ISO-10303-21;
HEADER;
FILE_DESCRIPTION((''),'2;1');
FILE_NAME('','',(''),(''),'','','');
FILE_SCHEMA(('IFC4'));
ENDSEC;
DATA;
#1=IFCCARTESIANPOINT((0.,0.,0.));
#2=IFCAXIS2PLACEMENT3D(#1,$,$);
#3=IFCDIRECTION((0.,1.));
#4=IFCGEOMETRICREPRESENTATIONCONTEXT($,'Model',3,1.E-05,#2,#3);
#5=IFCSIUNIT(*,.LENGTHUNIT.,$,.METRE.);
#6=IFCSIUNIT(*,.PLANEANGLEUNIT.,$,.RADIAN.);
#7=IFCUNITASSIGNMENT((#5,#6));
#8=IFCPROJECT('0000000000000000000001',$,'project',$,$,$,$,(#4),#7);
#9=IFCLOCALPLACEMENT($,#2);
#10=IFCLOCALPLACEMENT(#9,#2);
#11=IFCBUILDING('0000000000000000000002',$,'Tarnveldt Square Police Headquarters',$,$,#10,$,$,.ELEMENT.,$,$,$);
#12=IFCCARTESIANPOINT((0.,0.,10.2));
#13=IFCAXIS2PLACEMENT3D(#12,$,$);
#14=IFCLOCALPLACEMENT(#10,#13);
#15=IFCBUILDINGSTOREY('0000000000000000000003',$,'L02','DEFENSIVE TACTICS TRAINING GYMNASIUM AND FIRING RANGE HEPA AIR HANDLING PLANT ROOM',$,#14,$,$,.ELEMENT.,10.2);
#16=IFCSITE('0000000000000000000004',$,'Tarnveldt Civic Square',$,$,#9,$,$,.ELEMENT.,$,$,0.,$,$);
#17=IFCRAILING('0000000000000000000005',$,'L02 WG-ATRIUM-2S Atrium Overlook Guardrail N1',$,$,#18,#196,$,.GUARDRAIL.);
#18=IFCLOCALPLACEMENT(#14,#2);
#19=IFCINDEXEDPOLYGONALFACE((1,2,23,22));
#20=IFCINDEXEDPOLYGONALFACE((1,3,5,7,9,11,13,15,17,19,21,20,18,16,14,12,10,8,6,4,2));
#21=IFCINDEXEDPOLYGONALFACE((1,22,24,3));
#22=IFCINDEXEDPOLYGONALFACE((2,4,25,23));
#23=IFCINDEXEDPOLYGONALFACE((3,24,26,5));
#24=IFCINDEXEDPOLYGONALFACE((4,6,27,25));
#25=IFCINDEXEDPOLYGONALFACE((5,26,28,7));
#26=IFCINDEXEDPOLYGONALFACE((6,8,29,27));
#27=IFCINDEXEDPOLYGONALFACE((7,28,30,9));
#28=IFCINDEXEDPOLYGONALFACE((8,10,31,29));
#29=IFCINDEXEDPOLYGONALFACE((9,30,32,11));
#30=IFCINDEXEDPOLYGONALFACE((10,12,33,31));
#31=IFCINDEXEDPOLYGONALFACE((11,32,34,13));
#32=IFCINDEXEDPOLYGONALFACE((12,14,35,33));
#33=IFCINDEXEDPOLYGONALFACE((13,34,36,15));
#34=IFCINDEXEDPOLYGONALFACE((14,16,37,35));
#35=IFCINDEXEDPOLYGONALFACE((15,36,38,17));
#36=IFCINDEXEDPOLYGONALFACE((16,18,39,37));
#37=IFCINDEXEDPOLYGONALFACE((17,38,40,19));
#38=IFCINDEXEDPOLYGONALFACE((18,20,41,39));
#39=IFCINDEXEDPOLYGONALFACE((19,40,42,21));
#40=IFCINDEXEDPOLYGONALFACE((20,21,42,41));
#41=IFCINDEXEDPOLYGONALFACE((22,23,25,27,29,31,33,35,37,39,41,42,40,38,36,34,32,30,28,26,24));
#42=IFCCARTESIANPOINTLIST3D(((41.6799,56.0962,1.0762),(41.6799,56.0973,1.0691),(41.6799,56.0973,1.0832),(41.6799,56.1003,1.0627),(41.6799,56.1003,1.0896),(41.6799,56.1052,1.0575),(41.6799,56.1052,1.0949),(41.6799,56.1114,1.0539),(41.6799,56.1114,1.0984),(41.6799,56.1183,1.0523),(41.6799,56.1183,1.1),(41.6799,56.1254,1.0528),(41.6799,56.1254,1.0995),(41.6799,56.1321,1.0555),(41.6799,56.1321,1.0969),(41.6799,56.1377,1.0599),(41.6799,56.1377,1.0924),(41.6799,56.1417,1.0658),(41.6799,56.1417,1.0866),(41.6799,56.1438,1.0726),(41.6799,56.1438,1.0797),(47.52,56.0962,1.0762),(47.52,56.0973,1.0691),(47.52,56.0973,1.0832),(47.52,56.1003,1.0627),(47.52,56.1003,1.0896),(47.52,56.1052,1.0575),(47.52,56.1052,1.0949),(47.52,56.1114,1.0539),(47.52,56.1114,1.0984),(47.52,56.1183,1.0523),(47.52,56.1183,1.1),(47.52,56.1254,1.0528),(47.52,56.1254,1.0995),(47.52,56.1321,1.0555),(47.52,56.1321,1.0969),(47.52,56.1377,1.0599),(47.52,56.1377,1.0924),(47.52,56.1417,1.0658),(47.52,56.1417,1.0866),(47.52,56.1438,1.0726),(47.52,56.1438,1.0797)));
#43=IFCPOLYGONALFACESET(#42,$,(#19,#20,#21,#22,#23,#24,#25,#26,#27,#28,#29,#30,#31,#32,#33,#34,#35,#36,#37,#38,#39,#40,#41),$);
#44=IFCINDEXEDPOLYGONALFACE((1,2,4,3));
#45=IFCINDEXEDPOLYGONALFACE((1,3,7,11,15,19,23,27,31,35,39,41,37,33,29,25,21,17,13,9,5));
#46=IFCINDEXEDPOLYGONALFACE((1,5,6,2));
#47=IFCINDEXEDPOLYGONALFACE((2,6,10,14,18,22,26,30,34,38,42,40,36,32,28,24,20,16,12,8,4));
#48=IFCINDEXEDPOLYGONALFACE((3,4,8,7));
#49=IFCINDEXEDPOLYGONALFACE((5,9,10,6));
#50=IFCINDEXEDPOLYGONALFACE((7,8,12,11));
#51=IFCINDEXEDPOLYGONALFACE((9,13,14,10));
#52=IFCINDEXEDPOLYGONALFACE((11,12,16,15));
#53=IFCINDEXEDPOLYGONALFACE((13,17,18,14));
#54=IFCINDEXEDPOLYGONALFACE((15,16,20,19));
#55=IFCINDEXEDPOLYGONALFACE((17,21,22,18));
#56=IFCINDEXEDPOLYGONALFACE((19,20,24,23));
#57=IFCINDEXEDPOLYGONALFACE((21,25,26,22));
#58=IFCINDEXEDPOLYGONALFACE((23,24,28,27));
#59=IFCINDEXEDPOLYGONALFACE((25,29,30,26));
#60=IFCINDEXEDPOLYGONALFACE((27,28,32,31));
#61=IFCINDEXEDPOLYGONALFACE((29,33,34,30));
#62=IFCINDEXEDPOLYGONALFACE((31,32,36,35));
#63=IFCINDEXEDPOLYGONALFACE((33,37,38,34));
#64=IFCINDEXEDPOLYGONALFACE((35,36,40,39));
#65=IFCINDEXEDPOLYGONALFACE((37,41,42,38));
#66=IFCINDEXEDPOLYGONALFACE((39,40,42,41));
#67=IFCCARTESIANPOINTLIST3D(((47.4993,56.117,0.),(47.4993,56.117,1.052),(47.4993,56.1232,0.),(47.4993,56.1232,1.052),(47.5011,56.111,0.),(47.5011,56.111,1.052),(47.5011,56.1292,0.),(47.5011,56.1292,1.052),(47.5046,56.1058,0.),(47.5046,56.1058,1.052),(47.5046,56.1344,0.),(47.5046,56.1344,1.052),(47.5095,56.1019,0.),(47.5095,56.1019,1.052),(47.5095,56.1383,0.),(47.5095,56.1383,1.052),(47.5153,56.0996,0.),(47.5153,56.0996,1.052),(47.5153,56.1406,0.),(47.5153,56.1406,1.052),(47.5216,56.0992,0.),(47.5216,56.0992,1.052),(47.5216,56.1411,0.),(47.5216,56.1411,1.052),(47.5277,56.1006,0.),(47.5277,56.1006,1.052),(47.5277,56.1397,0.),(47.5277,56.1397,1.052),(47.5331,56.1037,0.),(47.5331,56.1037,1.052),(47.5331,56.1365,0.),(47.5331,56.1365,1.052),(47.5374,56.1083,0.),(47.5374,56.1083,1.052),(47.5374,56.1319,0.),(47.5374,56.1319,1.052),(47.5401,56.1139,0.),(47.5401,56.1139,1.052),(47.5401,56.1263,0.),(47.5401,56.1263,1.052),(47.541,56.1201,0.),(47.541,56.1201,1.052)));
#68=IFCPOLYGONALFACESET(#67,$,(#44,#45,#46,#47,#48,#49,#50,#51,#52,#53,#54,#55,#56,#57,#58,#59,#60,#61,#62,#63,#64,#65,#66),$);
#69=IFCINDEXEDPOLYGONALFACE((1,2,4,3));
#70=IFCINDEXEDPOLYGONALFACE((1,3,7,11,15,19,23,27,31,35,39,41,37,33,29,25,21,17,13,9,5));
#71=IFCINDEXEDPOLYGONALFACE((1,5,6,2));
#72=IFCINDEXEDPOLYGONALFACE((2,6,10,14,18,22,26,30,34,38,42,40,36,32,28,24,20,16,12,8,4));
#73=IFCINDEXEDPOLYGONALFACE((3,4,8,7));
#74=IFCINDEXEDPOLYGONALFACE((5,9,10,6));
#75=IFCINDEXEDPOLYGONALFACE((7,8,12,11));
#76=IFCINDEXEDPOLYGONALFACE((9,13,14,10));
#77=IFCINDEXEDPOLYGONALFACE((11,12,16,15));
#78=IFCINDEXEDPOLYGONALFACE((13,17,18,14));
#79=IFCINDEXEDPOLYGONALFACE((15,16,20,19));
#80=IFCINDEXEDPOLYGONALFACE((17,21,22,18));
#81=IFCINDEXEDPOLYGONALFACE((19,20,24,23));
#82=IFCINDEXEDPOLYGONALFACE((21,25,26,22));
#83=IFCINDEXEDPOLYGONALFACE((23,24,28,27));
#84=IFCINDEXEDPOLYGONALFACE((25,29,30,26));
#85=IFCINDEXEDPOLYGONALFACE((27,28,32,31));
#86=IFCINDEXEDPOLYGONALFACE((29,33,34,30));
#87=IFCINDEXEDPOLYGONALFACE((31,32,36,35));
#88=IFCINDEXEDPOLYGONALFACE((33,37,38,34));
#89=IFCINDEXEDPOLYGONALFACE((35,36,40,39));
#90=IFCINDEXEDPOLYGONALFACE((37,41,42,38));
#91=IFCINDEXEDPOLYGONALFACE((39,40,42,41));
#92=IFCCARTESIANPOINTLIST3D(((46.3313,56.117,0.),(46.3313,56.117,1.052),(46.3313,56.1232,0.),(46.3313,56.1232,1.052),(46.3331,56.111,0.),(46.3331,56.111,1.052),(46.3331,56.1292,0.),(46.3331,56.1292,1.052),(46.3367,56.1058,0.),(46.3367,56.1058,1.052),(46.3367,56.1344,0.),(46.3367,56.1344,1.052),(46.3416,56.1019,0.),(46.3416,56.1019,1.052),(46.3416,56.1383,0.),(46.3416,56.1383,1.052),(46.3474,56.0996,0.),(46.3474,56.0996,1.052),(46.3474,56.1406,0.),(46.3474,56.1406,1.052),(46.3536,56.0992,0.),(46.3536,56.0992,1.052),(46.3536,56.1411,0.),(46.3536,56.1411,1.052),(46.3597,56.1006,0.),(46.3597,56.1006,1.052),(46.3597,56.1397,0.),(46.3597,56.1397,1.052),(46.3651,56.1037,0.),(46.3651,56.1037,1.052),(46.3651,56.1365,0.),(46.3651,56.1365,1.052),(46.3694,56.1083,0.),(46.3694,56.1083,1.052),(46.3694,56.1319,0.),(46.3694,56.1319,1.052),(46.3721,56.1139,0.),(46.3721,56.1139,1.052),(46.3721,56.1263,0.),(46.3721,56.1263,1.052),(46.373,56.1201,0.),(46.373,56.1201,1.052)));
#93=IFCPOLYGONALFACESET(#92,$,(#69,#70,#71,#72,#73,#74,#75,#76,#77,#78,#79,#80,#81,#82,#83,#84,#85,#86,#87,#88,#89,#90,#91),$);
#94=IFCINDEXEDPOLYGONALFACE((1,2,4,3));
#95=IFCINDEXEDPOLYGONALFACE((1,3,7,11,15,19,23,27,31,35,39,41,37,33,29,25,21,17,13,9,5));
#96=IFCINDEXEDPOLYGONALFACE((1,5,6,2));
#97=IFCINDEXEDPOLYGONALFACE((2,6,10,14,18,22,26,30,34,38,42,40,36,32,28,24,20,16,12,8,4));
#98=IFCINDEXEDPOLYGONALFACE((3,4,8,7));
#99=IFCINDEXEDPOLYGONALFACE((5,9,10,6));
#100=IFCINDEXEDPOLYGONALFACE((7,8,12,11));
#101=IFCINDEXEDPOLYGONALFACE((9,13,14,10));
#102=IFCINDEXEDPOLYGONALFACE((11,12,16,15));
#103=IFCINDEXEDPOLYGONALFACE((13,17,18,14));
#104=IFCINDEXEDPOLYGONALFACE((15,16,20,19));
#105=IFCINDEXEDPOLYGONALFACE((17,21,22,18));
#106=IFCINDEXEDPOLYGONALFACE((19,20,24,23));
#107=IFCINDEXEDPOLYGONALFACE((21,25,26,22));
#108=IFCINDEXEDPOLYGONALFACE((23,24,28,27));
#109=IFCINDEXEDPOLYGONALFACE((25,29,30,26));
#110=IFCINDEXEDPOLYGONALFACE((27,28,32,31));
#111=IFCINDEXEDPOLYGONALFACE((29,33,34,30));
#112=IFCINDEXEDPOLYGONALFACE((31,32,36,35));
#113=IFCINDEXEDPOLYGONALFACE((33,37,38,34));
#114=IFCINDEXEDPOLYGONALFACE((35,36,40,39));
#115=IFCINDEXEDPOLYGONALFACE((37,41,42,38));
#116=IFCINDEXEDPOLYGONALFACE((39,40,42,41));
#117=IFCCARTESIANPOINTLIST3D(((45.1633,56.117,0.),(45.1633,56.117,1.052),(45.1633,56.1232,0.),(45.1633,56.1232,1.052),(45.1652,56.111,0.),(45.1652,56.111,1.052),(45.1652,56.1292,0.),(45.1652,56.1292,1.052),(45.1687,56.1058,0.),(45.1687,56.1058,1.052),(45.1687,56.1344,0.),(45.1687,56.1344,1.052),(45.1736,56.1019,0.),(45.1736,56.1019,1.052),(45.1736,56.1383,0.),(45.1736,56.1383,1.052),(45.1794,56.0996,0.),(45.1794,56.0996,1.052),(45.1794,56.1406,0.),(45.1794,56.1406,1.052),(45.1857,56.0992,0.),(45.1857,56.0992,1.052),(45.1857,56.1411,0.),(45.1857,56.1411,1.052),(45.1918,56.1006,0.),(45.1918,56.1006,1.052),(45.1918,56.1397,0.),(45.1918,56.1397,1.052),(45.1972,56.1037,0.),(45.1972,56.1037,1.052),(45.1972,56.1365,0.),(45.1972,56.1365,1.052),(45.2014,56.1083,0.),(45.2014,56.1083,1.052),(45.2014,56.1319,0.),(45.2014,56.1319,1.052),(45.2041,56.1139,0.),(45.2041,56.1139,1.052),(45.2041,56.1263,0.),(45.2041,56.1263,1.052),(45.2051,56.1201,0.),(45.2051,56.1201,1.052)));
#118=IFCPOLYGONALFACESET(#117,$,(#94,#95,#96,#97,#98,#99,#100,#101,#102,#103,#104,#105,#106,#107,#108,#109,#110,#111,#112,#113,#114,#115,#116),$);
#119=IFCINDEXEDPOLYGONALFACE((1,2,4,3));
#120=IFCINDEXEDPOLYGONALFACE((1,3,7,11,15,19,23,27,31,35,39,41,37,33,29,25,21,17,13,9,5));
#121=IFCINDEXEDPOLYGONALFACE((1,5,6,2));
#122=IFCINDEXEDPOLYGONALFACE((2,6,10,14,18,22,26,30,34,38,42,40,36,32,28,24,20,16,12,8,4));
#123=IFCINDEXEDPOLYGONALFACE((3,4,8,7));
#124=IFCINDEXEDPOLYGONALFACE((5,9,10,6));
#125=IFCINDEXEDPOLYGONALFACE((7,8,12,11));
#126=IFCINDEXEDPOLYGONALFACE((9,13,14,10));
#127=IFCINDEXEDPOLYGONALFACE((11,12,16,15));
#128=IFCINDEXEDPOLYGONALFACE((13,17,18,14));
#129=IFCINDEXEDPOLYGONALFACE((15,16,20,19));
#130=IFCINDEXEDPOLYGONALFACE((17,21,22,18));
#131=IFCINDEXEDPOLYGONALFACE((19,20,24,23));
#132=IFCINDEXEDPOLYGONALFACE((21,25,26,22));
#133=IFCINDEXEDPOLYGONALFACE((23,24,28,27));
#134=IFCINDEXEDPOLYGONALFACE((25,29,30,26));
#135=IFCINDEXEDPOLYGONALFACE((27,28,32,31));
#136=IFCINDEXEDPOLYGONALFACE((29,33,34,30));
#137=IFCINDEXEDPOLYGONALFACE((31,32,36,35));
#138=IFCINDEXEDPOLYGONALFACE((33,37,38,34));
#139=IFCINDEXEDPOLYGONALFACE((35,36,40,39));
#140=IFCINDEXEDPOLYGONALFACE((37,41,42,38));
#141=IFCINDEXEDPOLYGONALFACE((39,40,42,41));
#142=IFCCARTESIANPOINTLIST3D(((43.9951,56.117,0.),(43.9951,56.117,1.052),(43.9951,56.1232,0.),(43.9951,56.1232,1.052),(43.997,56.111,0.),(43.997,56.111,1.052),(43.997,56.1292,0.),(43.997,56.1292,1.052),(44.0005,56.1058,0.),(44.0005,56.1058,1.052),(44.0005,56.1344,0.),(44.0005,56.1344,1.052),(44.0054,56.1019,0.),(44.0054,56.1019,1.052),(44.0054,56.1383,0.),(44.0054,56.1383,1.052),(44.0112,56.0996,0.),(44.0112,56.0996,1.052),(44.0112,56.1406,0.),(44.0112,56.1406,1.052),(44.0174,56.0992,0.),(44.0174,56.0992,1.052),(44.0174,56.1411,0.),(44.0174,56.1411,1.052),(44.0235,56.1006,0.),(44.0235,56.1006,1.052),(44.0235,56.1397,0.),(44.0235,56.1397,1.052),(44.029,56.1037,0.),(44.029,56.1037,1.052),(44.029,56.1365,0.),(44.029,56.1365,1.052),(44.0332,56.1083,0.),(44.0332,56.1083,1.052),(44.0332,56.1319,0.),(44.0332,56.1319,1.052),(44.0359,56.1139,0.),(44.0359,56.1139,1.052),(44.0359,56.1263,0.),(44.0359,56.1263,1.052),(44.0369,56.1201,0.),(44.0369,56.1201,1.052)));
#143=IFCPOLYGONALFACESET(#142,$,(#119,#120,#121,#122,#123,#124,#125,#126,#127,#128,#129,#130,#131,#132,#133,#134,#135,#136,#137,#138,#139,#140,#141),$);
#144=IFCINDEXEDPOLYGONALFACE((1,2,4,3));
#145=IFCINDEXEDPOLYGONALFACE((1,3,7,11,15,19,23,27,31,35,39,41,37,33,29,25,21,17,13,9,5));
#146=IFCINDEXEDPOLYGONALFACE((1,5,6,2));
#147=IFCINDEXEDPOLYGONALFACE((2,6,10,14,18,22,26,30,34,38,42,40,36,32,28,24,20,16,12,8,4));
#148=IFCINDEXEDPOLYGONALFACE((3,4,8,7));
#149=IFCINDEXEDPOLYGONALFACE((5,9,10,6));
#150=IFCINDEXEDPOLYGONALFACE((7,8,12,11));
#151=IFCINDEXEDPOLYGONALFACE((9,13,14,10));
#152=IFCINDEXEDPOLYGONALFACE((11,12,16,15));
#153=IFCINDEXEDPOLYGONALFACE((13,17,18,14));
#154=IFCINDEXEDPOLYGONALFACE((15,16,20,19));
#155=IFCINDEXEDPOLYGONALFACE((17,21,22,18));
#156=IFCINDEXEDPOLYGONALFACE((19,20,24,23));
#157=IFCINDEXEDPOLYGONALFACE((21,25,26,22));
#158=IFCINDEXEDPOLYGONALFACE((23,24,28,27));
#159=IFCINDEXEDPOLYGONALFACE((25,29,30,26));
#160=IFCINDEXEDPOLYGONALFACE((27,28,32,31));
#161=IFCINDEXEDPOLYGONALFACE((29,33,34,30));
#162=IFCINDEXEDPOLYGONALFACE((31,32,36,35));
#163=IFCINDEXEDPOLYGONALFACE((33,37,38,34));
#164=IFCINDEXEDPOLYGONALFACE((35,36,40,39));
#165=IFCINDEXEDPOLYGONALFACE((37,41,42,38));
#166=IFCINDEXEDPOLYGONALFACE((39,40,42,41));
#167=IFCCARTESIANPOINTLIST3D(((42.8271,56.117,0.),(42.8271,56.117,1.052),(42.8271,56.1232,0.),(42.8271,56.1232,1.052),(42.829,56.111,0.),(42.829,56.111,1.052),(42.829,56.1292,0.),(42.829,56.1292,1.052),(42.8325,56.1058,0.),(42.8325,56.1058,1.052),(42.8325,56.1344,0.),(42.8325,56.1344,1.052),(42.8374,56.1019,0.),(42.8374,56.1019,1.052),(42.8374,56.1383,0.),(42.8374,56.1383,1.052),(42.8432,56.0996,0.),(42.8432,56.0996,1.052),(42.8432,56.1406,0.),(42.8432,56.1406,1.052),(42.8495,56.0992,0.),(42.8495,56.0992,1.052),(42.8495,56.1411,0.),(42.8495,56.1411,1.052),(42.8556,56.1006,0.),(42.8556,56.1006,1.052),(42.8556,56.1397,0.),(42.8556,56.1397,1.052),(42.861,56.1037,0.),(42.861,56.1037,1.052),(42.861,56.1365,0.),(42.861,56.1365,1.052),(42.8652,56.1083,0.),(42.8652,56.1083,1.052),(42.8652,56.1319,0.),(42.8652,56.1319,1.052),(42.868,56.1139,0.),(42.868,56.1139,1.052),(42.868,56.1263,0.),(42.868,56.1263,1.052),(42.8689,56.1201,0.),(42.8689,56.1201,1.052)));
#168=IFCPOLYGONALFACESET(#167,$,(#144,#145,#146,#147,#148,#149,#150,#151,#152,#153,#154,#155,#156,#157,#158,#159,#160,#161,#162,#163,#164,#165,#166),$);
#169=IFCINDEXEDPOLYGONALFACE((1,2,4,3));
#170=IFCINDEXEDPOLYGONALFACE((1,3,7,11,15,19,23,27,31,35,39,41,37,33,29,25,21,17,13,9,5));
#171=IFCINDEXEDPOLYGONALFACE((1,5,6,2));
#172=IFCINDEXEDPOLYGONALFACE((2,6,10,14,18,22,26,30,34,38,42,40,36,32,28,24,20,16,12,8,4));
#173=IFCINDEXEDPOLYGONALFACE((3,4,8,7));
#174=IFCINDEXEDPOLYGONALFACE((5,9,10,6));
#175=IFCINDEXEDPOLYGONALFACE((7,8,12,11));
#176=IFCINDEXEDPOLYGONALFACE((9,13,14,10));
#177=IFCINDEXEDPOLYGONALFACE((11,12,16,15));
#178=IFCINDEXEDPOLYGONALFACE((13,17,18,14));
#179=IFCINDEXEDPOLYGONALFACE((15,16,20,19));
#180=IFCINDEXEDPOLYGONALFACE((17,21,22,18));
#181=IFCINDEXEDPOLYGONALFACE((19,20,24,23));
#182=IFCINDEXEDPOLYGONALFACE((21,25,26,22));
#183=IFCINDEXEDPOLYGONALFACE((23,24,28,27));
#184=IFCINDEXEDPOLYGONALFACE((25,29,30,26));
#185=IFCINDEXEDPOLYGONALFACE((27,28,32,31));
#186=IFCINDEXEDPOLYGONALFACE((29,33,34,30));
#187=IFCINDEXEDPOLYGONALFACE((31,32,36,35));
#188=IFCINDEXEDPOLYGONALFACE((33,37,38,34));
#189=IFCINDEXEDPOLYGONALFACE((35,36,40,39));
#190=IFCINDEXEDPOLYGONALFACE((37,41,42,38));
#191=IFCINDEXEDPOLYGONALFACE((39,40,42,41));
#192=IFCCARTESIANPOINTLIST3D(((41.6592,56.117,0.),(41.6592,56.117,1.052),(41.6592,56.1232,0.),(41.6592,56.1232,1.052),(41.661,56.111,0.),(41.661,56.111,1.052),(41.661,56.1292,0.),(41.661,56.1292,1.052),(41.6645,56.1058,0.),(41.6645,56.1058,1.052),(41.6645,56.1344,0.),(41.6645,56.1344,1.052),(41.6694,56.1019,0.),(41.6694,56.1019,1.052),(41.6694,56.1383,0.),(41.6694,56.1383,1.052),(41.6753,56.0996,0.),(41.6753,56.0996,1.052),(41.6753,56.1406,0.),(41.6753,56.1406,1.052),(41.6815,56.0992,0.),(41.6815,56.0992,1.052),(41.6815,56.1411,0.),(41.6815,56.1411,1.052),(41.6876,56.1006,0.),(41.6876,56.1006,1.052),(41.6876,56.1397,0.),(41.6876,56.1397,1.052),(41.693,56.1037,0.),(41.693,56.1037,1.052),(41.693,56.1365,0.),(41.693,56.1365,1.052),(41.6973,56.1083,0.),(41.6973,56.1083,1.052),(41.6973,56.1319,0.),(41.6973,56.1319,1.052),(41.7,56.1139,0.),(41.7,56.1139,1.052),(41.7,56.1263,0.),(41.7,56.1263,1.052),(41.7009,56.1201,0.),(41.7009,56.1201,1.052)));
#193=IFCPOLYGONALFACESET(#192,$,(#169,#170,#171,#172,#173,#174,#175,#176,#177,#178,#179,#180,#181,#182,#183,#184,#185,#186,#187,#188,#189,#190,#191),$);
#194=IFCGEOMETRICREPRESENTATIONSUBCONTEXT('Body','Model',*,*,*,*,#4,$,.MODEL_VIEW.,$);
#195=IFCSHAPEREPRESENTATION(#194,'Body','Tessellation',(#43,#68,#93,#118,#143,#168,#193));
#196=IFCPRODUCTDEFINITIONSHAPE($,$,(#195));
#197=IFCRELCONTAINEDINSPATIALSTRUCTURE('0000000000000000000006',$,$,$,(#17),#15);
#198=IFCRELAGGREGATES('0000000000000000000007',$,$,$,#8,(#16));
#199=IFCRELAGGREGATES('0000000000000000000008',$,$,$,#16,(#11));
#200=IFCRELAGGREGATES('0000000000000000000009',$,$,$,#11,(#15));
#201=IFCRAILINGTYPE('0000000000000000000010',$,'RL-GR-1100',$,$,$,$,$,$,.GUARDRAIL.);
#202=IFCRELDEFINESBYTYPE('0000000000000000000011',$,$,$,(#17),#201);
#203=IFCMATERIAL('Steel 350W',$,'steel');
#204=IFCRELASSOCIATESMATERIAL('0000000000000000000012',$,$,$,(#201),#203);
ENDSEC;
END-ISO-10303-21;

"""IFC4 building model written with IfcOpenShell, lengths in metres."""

from ifc_helpers import new_model, si_unit, direction, frame, origin, origin_2d, place, context, subcontext, project, spatial, circle, extrude, material, type_object, element, save


model = new_model("IFC4")

# Units and contexts
model_context = context("Model", 3, precision=1e-05, world=origin(), true_north=direction((0.0, 1.0)))
body_context = subcontext(model_context, "Body", "Model", "MODEL_VIEW")
ifc_project = project(units=[si_unit("LENGTHUNIT", "METRE"), si_unit("PLANEANGLEUNIT", "RADIAN")], contexts=[model_context])

# Site, building, storey
site_placement = place(None, origin())
site = spatial("IfcSite", under=ifc_project, at=site_placement, Name="Tarnveldt Civic Square", CompositionType="ELEMENT", RefElevation=0.0)
building_placement = place(site_placement, origin())
building = spatial("IfcBuilding", under=site, at=building_placement, Name="Tarnveldt Square Police Headquarters", CompositionType="ELEMENT")
storey_placement = place(building_placement, frame((0.0, 0.0, 10.2)))
storey = spatial("IfcBuildingStorey", under=building, at=storey_placement, Name="L02", Description="DEFENSIVE TACTICS TRAINING GYMNASIUM AND FIRING RANGE HEPA AIR HANDLING PLANT ROOM", CompositionType="ELEMENT", Elevation=10.2)

# Shared definitions
ifc_material_1 = material(Name="Steel 350W", Category="steel")

# Railing
railing_type = type_object("IfcRailingType", Name="RL-GR-1100", PredefinedType="GUARDRAIL", material=ifc_material_1)
railing_1_placement = place(storey_placement, frame((47.52, 56.1201, 0.0)))
element("IfcRailing", 1, at=railing_1_placement, inside=storey, type_object=railing_type, Name="L02 WG-ATRIUM-2S Atrium Overlook Guardrail N1", PredefinedType="GUARDRAIL", context=body_context, shape_type="SweptSolid", body=[
    extrude(circle(Radius=0.0239, at=origin_2d()), frame((0.0, 0.0, 1.0762), z_axis=(-1.0, 0.0, 0.0), x_axis=(0.0, -1.0, 0.0)), (0.0, 0.0, 1.0), 5.8401),
    extrude(circle(Radius=0.021, at=origin_2d()), origin(), (0.0, 0.0, 1.0), 1.052),
    extrude(circle(Radius=0.021, at=origin_2d()), frame((-1.168, 0.0, 0.0)), (0.0, 0.0, 1.0), 1.052),
    extrude(circle(Radius=0.021, at=origin_2d()), frame((-2.3359, 0.0, 0.0)), (0.0, 0.0, 1.0), 1.052),
    extrude(circle(Radius=0.021, at=origin_2d()), frame((-3.5042, 0.0, 0.0)), (0.0, 0.0, 1.0), 1.052),
    extrude(circle(Radius=0.021, at=origin_2d()), frame((-4.6721, 0.0, 0.0)), (0.0, 0.0, 1.0), 1.052),
    extrude(circle(Radius=0.021, at=origin_2d()), frame((-5.8401, 0.0, 0.0)), (0.0, 0.0, 1.0), 1.052),
])

save(model, "model.ifc")
